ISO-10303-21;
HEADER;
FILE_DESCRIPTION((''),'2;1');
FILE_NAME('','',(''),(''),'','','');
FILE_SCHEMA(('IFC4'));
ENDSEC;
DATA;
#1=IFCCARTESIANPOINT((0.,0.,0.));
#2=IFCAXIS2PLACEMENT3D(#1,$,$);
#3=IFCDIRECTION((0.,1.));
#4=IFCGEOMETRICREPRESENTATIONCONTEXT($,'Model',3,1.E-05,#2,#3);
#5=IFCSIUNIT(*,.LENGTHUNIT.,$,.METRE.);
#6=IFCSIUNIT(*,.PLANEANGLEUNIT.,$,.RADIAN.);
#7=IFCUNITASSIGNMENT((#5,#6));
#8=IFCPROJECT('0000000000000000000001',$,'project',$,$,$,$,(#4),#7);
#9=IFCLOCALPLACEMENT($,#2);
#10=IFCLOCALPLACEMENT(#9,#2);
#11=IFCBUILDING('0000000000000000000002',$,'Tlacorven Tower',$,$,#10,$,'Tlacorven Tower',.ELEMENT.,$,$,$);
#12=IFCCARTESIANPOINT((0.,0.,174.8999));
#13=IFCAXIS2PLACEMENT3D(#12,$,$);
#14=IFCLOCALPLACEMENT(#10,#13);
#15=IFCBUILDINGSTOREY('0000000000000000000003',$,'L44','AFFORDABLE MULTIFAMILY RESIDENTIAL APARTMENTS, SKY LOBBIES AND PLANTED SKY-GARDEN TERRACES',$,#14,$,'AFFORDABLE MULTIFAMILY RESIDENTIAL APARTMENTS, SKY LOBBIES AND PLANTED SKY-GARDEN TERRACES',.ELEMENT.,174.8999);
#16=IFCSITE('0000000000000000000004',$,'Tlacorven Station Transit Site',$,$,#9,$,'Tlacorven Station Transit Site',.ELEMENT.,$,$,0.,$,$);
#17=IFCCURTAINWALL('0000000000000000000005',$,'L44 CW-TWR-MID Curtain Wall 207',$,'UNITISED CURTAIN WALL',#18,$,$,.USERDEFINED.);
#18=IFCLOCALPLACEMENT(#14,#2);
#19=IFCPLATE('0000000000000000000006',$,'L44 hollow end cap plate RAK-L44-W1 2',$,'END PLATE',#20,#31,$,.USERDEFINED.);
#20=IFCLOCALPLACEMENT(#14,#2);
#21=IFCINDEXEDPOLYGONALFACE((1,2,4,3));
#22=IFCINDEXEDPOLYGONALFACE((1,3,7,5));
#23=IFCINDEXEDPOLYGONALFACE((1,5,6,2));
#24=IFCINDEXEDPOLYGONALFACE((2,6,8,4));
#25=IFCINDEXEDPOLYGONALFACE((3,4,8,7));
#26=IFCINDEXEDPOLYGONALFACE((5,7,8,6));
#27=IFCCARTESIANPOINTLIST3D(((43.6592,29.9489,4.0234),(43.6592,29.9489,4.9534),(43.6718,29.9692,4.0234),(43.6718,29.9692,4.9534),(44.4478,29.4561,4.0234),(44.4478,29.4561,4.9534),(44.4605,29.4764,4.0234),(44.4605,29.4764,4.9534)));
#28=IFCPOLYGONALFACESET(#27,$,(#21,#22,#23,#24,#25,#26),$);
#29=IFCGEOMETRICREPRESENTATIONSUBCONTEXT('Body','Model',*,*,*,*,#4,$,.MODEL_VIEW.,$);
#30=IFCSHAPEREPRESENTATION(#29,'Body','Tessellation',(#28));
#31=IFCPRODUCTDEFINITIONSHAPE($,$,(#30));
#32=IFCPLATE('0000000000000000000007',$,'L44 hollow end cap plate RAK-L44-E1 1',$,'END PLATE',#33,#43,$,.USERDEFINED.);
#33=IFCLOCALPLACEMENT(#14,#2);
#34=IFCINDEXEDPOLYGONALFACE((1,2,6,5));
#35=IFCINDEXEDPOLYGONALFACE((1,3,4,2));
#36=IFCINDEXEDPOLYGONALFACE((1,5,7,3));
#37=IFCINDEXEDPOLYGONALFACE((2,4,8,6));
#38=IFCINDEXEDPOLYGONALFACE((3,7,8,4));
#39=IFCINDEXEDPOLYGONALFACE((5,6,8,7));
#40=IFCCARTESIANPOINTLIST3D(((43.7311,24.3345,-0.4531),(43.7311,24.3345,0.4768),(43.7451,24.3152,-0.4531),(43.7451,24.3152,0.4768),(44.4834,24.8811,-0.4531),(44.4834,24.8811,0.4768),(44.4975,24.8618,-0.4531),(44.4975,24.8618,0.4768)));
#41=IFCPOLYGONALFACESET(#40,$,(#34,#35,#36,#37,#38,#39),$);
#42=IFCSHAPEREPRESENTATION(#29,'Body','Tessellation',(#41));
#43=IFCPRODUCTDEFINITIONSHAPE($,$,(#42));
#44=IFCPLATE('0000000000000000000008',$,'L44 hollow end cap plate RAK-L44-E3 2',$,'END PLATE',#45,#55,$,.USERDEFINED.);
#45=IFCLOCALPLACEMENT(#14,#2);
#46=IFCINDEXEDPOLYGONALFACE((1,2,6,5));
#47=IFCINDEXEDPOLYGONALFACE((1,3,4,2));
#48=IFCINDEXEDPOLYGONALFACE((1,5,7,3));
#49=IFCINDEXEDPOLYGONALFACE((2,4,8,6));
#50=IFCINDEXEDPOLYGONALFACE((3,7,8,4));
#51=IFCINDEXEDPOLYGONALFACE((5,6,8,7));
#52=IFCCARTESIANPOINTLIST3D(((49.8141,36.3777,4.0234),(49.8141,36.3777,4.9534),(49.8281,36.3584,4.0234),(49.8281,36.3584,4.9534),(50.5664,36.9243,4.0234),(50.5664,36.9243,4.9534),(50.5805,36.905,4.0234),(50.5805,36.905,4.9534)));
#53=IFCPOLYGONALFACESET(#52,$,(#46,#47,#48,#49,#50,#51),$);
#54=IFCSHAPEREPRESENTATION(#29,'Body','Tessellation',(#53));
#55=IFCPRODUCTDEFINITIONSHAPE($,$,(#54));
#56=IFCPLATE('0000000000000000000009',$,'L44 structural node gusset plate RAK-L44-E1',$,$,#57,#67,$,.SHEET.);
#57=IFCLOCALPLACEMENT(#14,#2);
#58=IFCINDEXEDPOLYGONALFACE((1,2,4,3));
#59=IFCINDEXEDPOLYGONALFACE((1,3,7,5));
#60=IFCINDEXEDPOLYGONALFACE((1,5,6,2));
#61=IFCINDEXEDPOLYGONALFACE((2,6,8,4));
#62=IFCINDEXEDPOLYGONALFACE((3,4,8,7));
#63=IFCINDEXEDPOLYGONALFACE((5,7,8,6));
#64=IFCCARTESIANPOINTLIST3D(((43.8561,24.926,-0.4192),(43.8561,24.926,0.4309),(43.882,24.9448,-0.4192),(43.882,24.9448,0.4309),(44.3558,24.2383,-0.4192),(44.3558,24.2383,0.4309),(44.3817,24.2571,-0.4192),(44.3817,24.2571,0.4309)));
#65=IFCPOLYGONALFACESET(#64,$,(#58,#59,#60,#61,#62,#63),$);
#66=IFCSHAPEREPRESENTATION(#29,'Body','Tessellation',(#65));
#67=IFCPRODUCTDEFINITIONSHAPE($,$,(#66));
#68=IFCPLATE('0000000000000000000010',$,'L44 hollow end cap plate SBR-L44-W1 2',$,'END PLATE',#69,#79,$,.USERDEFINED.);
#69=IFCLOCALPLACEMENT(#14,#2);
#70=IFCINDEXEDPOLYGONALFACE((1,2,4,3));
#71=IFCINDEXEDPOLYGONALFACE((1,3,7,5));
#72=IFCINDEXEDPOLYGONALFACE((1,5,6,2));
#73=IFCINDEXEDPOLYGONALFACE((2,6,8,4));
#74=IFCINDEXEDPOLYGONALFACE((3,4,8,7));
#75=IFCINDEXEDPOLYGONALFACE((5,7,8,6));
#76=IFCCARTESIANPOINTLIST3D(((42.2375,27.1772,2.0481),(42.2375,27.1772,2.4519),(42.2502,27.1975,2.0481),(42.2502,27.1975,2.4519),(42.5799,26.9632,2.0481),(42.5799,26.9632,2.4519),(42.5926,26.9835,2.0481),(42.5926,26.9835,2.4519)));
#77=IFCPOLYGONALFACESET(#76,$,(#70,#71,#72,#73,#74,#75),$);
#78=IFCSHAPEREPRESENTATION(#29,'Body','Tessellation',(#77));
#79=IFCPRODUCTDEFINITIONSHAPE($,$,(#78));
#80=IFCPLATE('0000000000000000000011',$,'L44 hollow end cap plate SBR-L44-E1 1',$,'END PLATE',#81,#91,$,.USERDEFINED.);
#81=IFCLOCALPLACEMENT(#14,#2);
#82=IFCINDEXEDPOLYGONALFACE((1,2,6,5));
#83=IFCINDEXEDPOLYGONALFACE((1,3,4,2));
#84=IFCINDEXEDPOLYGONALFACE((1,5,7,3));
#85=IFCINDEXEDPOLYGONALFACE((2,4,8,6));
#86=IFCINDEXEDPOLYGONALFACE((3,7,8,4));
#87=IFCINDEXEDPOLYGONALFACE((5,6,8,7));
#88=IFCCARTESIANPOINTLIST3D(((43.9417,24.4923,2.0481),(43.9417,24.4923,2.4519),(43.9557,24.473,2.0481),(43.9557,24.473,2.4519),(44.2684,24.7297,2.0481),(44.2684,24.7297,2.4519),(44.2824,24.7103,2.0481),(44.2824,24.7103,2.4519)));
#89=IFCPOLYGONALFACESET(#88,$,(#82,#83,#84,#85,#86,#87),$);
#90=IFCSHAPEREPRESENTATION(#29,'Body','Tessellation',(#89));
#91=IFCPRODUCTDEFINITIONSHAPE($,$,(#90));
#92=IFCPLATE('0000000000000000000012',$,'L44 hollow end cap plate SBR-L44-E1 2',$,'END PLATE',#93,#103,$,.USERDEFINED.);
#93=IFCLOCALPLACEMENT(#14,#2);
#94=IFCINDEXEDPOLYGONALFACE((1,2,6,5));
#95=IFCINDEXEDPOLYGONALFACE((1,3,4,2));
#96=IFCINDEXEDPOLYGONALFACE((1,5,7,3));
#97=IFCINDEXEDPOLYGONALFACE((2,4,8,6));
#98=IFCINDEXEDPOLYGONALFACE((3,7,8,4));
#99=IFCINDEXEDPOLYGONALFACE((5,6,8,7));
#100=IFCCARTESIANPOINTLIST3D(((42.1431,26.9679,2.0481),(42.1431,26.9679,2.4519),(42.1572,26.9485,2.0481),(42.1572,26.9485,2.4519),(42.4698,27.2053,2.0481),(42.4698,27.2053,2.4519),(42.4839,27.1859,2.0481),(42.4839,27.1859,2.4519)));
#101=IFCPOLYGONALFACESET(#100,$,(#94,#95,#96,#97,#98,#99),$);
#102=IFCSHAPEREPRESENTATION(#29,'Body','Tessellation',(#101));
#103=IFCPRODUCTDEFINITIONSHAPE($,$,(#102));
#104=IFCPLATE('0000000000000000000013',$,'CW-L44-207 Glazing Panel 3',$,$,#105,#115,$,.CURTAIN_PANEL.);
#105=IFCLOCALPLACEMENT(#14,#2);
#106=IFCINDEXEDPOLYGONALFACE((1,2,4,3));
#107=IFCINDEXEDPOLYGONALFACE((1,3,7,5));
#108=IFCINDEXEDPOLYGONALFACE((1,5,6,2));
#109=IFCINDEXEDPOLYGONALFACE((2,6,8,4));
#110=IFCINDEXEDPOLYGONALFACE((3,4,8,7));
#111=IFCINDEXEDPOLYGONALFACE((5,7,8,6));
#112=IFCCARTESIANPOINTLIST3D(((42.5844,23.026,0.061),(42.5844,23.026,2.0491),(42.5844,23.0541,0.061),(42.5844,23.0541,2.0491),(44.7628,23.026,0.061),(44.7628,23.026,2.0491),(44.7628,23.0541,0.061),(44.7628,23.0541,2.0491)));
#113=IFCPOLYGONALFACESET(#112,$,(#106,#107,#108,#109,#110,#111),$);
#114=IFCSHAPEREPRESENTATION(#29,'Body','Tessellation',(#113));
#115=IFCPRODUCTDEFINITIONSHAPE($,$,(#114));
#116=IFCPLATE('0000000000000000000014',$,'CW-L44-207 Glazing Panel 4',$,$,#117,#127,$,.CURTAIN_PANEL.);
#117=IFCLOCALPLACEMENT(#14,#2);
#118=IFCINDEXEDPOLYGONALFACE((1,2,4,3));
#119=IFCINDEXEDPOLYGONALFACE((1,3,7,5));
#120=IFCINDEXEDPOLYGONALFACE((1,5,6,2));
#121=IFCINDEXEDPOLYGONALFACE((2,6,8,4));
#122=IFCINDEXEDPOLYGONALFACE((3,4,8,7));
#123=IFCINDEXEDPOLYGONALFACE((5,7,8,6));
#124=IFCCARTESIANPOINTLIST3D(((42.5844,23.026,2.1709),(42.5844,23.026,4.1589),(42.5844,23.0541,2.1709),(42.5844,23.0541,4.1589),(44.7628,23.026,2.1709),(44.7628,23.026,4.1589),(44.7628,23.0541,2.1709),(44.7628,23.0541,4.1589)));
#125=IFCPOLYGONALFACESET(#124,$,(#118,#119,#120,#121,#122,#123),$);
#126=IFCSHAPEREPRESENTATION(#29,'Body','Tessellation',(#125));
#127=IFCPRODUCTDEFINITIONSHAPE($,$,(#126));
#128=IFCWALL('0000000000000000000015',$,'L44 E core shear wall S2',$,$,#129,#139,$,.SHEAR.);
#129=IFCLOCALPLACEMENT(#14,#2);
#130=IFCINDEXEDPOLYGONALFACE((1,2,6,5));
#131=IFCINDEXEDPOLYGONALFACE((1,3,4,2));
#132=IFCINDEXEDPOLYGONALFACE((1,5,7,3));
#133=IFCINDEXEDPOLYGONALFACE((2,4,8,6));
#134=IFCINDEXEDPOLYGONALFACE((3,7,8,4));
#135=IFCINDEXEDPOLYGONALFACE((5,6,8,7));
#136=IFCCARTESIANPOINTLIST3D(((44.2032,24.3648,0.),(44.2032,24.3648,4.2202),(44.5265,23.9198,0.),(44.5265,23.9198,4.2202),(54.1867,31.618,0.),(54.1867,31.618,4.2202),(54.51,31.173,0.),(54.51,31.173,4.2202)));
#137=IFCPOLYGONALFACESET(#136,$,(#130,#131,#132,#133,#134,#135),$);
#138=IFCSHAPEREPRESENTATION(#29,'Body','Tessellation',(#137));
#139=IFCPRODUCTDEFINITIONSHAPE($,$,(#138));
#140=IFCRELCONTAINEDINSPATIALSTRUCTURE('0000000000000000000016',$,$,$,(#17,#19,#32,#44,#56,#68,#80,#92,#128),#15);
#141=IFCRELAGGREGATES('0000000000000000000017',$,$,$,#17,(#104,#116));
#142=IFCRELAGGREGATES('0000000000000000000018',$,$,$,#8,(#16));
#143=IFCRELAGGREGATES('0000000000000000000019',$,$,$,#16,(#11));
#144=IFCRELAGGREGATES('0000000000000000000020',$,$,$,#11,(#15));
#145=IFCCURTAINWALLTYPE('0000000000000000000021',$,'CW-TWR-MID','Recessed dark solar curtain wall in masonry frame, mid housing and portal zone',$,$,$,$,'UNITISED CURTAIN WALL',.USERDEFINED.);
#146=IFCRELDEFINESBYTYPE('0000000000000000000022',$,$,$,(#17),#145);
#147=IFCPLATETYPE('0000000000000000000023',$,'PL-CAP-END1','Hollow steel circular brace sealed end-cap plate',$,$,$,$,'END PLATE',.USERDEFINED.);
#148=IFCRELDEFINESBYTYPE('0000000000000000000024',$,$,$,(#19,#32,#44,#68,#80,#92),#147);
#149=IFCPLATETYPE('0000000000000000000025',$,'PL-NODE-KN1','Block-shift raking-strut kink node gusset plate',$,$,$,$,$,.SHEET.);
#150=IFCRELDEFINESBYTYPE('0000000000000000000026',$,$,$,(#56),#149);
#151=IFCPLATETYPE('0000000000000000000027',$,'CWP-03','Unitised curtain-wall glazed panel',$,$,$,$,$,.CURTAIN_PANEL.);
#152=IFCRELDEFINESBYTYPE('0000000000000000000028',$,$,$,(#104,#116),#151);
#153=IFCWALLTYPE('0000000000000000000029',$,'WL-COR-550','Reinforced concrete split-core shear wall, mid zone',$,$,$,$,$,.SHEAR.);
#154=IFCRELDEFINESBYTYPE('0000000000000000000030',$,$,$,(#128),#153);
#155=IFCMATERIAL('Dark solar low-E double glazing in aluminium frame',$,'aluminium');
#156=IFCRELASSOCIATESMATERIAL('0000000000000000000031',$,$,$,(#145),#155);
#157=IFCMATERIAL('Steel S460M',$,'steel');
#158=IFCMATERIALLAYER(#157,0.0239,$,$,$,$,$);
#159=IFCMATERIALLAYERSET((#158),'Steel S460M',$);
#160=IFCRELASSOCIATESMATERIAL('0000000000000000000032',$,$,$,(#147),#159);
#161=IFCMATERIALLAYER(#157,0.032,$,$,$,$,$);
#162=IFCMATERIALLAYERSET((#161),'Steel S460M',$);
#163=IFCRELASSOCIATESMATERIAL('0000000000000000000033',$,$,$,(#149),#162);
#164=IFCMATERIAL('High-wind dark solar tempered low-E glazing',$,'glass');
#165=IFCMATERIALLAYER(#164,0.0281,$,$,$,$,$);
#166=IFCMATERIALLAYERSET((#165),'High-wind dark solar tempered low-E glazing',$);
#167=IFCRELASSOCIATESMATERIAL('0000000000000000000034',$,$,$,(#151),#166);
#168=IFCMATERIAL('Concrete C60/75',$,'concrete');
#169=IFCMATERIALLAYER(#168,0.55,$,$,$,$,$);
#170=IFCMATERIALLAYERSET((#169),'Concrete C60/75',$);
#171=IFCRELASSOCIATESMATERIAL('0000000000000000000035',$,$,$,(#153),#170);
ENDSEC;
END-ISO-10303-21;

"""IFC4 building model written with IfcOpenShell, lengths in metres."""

from ifc_helpers import new_model, si_unit, direction, frame, frame_2d, origin, origin_2d, place, context, subcontext, project, spatial, rectangle, extrude, source, transform, mapped, material, layer, layer_set, type_object, element, aggregate, save


model = new_model("IFC4")

# Units and contexts
model_context = context("Model", 3, precision=1e-05, world=origin(), true_north=direction((0.0, 1.0)))
body_context = subcontext(model_context, "Body", "Model", "MODEL_VIEW")
ifc_project = project(units=[si_unit("LENGTHUNIT", "METRE"), si_unit("PLANEANGLEUNIT", "RADIAN")], contexts=[model_context])

# Site, building, storey
site_placement = place(None, origin())
site = spatial("IfcSite", under=ifc_project, at=site_placement, Name="Tlacorven Station Transit Site", LongName="Tlacorven Station Transit Site", CompositionType="ELEMENT", RefElevation=0.0)
building_placement = place(site_placement, origin())
building = spatial("IfcBuilding", under=site, at=building_placement, Name="Tlacorven Tower", LongName="Tlacorven Tower", CompositionType="ELEMENT")
storey_placement = place(building_placement, frame((0.0, 0.0, 174.8999)))
storey = spatial("IfcBuildingStorey", under=building, at=storey_placement, Name="L44", Description="AFFORDABLE MULTIFAMILY RESIDENTIAL APARTMENTS, SKY LOBBIES AND PLANTED SKY-GARDEN TERRACES", LongName="AFFORDABLE MULTIFAMILY RESIDENTIAL APARTMENTS, SKY LOBBIES AND PLANTED SKY-GARDEN TERRACES", CompositionType="ELEMENT", Elevation=174.8999)

# Shared definitions
ifc_material_1 = material(Name="Steel S460M", Category="steel")

# Curtain wall
ifc_material_2 = material(Name="Dark solar low-E double glazing in aluminium frame", Category="aluminium")
curtain_wall_type = type_object("IfcCurtainWallType", Name="CW-TWR-MID", Description="Recessed dark solar curtain wall in masonry frame, mid housing and portal zone", ElementType="UNITISED CURTAIN WALL", PredefinedType="USERDEFINED", material=ifc_material_2)
curtain_wall_placement = place(storey_placement, origin())
curtain_wall = element("IfcCurtainWall", 1, at=curtain_wall_placement, inside=storey, type_object=curtain_wall_type, Name="L44 CW-TWR-MID Curtain Wall 207", ObjectType="UNITISED CURTAIN WALL", PredefinedType="USERDEFINED")

# Plates
ifc_layer_1 = layer(ifc_material_1, 0.0239)
ifc_layer_set_1 = layer_set([ifc_layer_1], Name="Steel S460M")
plate_type_1 = type_object("IfcPlateType", Name="PL-CAP-END1", Description="Hollow steel circular brace sealed end-cap plate", ElementType="END PLATE", PredefinedType="USERDEFINED", material=ifc_layer_set_1)
shared_shape_1 = source(origin(), body_context, "Body", "SweptSolid", [
    extrude(rectangle(XDim=0.0239, YDim=0.9299, at=origin_2d()), origin(), (0.0, 0.0, 1.0), 0.9299),
])
for number, where, z_axis, x_axis, name in (
    (2, (44.0598, 29.7126, 4.0234), (0.0, 0.0, 1.0), (0.529919, 0.848048, 0.0), "L44 hollow end cap plate RAK-L44-W1 2"),
    (3, (44.1143, 24.5981, -0.4531), (0.0, 0.0, 1.0), (-0.587785, 0.809017, 0.0), "L44 hollow end cap plate RAK-L44-E1 1"),
    (4, (50.1973, 36.6414, 4.0234), (0.0, 0.0, 1.0), (-0.587785, 0.809017, 0.0), "L44 hollow end cap plate RAK-L44-E3 2"),
):
    element("IfcPlate", number, at=place(storey_placement, frame(where, z_axis=z_axis, x_axis=x_axis)), inside=storey, type_object=plate_type_1, Name=name, ObjectType="END PLATE", PredefinedType="USERDEFINED", context=body_context, shape_type="MappedRepresentation", body=[
        mapped(shared_shape_1, transform((0.0, 0.0, 0.0), scale=1.0)),
    ])
ifc_layer_2 = layer(ifc_material_1, 0.032)
ifc_layer_set_2 = layer_set([ifc_layer_2], Name="Steel S460M")
plate_type_2 = type_object("IfcPlateType", Name="PL-NODE-KN1", Description="Block-shift raking-strut kink node gusset plate", PredefinedType="SHEET", material=ifc_layer_set_2)
shared_shape_2 = source(origin(), body_context, "Body", "SweptSolid", [
    extrude(rectangle(XDim=0.8501, YDim=0.032, at=origin_2d()), origin(), (0.0, 0.0, 1.0), 0.8501),
])
plate_1_placement = place(storey_placement, frame((44.1189, 24.5916, -0.4192), z_axis=(0.0, 0.0, 1.0), x_axis=(-0.587785, 0.809017, 0.0)))
element("IfcPlate", 5, at=plate_1_placement, inside=storey, type_object=plate_type_2, Name="L44 structural node gusset plate RAK-L44-E1", PredefinedType="SHEET", context=body_context, shape_type="MappedRepresentation", body=[
    mapped(shared_shape_2, transform((0.0, 0.0, 0.0), scale=1.0)),
])
shared_shape_3 = source(origin(), body_context, "Body", "SweptSolid", [
    extrude(rectangle(XDim=0.0239, YDim=0.4038, at=origin_2d()), origin(), (0.0, 0.0, 1.0), 0.4038),
])
for number, where, z_axis, x_axis, name in (
    (6, (42.415, 27.0803, 2.0481), (0.0, 0.0, 1.0), (0.52992, 0.848047, 0.0), "L44 hollow end cap plate SBR-L44-W1 2"),
    (7, (44.1121, 24.6013, 2.0481), (0.0, 0.0, 1.0), (-0.587785, 0.809017, 0.0), "L44 hollow end cap plate SBR-L44-E1 1"),
    (8, (42.3135, 27.0769, 2.0481), (0.0, 0.0, 1.0), (-0.587785, 0.809017, 0.0), "L44 hollow end cap plate SBR-L44-E1 2"),
):
    element("IfcPlate", number, at=place(storey_placement, frame(where, z_axis=z_axis, x_axis=x_axis)), inside=storey, type_object=plate_type_1, Name=name, ObjectType="END PLATE", PredefinedType="USERDEFINED", context=body_context, shape_type="MappedRepresentation", body=[
        mapped(shared_shape_3, transform((0.0, 0.0, 0.0), scale=1.0)),
    ])

# Plates
ifc_material_3 = material(Name="High-wind dark solar tempered low-E glazing", Category="glass")
ifc_layer_3 = layer(ifc_material_3, 0.0281)
ifc_layer_set_3 = layer_set([ifc_layer_3], Name="High-wind dark solar tempered low-E glazing")
plate_type_3 = type_object("IfcPlateType", Name="CWP-03", Description="Unitised curtain-wall glazed panel", PredefinedType="CURTAIN_PANEL", material=ifc_layer_set_3)
shared_shape_4 = source(origin(), body_context, "Body", "SweptSolid", [
    extrude(rectangle(XDim=2.1785, YDim=0.0281, at=origin_2d()), origin(), (0.0, 0.0, 1.0), 1.988),
])
plate_2_placement = place(storey_placement, frame((43.6736, 23.04, 0.061), z_axis=(0.0, 0.0, 1.0), x_axis=(1.0, 0.0, 0.0)))
plate_2 = element("IfcPlate", 9, at=plate_2_placement, type_object=plate_type_3, Name="CW-L44-207 Glazing Panel 3", PredefinedType="CURTAIN_PANEL", context=body_context, shape_type="MappedRepresentation", body=[
    mapped(shared_shape_4, transform((0.0, 0.0, 0.0), scale=1.0)),
])
plate_3_placement = place(storey_placement, frame((43.6736, 23.04, 2.1709), z_axis=(0.0, 0.0, 1.0), x_axis=(1.0, 0.0, 0.0)))
plate_3 = element("IfcPlate", 10, at=plate_3_placement, type_object=plate_type_3, Name="CW-L44-207 Glazing Panel 4", PredefinedType="CURTAIN_PANEL", context=body_context, shape_type="MappedRepresentation", body=[
    mapped(shared_shape_4, transform((0.0, 0.0, 0.0), scale=1.0)),
])
aggregate(curtain_wall, [plate_2, plate_3])

# Wall
ifc_material_4 = material(Name="Concrete C60/75", Category="concrete")
ifc_layer_4 = layer(ifc_material_4, 0.55)
ifc_layer_set_4 = layer_set([ifc_layer_4], Name="Concrete C60/75")
wall_type_1 = type_object("IfcWallType", Name="WL-COR-550", Description="Reinforced concrete split-core shear wall, mid zone", PredefinedType="SHEAR", material=ifc_layer_set_4)
wall_1_placement = place(storey_placement, frame((44.365, 24.1423, 0.0), z_axis=(0.0, 0.0, 1.0), x_axis=(0.809024, 0.587775, 0.0)))
element("IfcWall", 11, at=wall_1_placement, inside=storey, type_object=wall_type_1, Name="L44 E core shear wall S2", PredefinedType="SHEAR", context=body_context, shape_type="SweptSolid", body=[
    extrude(rectangle(XDim=12.3401, YDim=0.55, at=frame_2d((6.1699, 0.0))), origin(), (0.0, 0.0, 1.0), 4.2202),
])

save(model, "model.ifc")
